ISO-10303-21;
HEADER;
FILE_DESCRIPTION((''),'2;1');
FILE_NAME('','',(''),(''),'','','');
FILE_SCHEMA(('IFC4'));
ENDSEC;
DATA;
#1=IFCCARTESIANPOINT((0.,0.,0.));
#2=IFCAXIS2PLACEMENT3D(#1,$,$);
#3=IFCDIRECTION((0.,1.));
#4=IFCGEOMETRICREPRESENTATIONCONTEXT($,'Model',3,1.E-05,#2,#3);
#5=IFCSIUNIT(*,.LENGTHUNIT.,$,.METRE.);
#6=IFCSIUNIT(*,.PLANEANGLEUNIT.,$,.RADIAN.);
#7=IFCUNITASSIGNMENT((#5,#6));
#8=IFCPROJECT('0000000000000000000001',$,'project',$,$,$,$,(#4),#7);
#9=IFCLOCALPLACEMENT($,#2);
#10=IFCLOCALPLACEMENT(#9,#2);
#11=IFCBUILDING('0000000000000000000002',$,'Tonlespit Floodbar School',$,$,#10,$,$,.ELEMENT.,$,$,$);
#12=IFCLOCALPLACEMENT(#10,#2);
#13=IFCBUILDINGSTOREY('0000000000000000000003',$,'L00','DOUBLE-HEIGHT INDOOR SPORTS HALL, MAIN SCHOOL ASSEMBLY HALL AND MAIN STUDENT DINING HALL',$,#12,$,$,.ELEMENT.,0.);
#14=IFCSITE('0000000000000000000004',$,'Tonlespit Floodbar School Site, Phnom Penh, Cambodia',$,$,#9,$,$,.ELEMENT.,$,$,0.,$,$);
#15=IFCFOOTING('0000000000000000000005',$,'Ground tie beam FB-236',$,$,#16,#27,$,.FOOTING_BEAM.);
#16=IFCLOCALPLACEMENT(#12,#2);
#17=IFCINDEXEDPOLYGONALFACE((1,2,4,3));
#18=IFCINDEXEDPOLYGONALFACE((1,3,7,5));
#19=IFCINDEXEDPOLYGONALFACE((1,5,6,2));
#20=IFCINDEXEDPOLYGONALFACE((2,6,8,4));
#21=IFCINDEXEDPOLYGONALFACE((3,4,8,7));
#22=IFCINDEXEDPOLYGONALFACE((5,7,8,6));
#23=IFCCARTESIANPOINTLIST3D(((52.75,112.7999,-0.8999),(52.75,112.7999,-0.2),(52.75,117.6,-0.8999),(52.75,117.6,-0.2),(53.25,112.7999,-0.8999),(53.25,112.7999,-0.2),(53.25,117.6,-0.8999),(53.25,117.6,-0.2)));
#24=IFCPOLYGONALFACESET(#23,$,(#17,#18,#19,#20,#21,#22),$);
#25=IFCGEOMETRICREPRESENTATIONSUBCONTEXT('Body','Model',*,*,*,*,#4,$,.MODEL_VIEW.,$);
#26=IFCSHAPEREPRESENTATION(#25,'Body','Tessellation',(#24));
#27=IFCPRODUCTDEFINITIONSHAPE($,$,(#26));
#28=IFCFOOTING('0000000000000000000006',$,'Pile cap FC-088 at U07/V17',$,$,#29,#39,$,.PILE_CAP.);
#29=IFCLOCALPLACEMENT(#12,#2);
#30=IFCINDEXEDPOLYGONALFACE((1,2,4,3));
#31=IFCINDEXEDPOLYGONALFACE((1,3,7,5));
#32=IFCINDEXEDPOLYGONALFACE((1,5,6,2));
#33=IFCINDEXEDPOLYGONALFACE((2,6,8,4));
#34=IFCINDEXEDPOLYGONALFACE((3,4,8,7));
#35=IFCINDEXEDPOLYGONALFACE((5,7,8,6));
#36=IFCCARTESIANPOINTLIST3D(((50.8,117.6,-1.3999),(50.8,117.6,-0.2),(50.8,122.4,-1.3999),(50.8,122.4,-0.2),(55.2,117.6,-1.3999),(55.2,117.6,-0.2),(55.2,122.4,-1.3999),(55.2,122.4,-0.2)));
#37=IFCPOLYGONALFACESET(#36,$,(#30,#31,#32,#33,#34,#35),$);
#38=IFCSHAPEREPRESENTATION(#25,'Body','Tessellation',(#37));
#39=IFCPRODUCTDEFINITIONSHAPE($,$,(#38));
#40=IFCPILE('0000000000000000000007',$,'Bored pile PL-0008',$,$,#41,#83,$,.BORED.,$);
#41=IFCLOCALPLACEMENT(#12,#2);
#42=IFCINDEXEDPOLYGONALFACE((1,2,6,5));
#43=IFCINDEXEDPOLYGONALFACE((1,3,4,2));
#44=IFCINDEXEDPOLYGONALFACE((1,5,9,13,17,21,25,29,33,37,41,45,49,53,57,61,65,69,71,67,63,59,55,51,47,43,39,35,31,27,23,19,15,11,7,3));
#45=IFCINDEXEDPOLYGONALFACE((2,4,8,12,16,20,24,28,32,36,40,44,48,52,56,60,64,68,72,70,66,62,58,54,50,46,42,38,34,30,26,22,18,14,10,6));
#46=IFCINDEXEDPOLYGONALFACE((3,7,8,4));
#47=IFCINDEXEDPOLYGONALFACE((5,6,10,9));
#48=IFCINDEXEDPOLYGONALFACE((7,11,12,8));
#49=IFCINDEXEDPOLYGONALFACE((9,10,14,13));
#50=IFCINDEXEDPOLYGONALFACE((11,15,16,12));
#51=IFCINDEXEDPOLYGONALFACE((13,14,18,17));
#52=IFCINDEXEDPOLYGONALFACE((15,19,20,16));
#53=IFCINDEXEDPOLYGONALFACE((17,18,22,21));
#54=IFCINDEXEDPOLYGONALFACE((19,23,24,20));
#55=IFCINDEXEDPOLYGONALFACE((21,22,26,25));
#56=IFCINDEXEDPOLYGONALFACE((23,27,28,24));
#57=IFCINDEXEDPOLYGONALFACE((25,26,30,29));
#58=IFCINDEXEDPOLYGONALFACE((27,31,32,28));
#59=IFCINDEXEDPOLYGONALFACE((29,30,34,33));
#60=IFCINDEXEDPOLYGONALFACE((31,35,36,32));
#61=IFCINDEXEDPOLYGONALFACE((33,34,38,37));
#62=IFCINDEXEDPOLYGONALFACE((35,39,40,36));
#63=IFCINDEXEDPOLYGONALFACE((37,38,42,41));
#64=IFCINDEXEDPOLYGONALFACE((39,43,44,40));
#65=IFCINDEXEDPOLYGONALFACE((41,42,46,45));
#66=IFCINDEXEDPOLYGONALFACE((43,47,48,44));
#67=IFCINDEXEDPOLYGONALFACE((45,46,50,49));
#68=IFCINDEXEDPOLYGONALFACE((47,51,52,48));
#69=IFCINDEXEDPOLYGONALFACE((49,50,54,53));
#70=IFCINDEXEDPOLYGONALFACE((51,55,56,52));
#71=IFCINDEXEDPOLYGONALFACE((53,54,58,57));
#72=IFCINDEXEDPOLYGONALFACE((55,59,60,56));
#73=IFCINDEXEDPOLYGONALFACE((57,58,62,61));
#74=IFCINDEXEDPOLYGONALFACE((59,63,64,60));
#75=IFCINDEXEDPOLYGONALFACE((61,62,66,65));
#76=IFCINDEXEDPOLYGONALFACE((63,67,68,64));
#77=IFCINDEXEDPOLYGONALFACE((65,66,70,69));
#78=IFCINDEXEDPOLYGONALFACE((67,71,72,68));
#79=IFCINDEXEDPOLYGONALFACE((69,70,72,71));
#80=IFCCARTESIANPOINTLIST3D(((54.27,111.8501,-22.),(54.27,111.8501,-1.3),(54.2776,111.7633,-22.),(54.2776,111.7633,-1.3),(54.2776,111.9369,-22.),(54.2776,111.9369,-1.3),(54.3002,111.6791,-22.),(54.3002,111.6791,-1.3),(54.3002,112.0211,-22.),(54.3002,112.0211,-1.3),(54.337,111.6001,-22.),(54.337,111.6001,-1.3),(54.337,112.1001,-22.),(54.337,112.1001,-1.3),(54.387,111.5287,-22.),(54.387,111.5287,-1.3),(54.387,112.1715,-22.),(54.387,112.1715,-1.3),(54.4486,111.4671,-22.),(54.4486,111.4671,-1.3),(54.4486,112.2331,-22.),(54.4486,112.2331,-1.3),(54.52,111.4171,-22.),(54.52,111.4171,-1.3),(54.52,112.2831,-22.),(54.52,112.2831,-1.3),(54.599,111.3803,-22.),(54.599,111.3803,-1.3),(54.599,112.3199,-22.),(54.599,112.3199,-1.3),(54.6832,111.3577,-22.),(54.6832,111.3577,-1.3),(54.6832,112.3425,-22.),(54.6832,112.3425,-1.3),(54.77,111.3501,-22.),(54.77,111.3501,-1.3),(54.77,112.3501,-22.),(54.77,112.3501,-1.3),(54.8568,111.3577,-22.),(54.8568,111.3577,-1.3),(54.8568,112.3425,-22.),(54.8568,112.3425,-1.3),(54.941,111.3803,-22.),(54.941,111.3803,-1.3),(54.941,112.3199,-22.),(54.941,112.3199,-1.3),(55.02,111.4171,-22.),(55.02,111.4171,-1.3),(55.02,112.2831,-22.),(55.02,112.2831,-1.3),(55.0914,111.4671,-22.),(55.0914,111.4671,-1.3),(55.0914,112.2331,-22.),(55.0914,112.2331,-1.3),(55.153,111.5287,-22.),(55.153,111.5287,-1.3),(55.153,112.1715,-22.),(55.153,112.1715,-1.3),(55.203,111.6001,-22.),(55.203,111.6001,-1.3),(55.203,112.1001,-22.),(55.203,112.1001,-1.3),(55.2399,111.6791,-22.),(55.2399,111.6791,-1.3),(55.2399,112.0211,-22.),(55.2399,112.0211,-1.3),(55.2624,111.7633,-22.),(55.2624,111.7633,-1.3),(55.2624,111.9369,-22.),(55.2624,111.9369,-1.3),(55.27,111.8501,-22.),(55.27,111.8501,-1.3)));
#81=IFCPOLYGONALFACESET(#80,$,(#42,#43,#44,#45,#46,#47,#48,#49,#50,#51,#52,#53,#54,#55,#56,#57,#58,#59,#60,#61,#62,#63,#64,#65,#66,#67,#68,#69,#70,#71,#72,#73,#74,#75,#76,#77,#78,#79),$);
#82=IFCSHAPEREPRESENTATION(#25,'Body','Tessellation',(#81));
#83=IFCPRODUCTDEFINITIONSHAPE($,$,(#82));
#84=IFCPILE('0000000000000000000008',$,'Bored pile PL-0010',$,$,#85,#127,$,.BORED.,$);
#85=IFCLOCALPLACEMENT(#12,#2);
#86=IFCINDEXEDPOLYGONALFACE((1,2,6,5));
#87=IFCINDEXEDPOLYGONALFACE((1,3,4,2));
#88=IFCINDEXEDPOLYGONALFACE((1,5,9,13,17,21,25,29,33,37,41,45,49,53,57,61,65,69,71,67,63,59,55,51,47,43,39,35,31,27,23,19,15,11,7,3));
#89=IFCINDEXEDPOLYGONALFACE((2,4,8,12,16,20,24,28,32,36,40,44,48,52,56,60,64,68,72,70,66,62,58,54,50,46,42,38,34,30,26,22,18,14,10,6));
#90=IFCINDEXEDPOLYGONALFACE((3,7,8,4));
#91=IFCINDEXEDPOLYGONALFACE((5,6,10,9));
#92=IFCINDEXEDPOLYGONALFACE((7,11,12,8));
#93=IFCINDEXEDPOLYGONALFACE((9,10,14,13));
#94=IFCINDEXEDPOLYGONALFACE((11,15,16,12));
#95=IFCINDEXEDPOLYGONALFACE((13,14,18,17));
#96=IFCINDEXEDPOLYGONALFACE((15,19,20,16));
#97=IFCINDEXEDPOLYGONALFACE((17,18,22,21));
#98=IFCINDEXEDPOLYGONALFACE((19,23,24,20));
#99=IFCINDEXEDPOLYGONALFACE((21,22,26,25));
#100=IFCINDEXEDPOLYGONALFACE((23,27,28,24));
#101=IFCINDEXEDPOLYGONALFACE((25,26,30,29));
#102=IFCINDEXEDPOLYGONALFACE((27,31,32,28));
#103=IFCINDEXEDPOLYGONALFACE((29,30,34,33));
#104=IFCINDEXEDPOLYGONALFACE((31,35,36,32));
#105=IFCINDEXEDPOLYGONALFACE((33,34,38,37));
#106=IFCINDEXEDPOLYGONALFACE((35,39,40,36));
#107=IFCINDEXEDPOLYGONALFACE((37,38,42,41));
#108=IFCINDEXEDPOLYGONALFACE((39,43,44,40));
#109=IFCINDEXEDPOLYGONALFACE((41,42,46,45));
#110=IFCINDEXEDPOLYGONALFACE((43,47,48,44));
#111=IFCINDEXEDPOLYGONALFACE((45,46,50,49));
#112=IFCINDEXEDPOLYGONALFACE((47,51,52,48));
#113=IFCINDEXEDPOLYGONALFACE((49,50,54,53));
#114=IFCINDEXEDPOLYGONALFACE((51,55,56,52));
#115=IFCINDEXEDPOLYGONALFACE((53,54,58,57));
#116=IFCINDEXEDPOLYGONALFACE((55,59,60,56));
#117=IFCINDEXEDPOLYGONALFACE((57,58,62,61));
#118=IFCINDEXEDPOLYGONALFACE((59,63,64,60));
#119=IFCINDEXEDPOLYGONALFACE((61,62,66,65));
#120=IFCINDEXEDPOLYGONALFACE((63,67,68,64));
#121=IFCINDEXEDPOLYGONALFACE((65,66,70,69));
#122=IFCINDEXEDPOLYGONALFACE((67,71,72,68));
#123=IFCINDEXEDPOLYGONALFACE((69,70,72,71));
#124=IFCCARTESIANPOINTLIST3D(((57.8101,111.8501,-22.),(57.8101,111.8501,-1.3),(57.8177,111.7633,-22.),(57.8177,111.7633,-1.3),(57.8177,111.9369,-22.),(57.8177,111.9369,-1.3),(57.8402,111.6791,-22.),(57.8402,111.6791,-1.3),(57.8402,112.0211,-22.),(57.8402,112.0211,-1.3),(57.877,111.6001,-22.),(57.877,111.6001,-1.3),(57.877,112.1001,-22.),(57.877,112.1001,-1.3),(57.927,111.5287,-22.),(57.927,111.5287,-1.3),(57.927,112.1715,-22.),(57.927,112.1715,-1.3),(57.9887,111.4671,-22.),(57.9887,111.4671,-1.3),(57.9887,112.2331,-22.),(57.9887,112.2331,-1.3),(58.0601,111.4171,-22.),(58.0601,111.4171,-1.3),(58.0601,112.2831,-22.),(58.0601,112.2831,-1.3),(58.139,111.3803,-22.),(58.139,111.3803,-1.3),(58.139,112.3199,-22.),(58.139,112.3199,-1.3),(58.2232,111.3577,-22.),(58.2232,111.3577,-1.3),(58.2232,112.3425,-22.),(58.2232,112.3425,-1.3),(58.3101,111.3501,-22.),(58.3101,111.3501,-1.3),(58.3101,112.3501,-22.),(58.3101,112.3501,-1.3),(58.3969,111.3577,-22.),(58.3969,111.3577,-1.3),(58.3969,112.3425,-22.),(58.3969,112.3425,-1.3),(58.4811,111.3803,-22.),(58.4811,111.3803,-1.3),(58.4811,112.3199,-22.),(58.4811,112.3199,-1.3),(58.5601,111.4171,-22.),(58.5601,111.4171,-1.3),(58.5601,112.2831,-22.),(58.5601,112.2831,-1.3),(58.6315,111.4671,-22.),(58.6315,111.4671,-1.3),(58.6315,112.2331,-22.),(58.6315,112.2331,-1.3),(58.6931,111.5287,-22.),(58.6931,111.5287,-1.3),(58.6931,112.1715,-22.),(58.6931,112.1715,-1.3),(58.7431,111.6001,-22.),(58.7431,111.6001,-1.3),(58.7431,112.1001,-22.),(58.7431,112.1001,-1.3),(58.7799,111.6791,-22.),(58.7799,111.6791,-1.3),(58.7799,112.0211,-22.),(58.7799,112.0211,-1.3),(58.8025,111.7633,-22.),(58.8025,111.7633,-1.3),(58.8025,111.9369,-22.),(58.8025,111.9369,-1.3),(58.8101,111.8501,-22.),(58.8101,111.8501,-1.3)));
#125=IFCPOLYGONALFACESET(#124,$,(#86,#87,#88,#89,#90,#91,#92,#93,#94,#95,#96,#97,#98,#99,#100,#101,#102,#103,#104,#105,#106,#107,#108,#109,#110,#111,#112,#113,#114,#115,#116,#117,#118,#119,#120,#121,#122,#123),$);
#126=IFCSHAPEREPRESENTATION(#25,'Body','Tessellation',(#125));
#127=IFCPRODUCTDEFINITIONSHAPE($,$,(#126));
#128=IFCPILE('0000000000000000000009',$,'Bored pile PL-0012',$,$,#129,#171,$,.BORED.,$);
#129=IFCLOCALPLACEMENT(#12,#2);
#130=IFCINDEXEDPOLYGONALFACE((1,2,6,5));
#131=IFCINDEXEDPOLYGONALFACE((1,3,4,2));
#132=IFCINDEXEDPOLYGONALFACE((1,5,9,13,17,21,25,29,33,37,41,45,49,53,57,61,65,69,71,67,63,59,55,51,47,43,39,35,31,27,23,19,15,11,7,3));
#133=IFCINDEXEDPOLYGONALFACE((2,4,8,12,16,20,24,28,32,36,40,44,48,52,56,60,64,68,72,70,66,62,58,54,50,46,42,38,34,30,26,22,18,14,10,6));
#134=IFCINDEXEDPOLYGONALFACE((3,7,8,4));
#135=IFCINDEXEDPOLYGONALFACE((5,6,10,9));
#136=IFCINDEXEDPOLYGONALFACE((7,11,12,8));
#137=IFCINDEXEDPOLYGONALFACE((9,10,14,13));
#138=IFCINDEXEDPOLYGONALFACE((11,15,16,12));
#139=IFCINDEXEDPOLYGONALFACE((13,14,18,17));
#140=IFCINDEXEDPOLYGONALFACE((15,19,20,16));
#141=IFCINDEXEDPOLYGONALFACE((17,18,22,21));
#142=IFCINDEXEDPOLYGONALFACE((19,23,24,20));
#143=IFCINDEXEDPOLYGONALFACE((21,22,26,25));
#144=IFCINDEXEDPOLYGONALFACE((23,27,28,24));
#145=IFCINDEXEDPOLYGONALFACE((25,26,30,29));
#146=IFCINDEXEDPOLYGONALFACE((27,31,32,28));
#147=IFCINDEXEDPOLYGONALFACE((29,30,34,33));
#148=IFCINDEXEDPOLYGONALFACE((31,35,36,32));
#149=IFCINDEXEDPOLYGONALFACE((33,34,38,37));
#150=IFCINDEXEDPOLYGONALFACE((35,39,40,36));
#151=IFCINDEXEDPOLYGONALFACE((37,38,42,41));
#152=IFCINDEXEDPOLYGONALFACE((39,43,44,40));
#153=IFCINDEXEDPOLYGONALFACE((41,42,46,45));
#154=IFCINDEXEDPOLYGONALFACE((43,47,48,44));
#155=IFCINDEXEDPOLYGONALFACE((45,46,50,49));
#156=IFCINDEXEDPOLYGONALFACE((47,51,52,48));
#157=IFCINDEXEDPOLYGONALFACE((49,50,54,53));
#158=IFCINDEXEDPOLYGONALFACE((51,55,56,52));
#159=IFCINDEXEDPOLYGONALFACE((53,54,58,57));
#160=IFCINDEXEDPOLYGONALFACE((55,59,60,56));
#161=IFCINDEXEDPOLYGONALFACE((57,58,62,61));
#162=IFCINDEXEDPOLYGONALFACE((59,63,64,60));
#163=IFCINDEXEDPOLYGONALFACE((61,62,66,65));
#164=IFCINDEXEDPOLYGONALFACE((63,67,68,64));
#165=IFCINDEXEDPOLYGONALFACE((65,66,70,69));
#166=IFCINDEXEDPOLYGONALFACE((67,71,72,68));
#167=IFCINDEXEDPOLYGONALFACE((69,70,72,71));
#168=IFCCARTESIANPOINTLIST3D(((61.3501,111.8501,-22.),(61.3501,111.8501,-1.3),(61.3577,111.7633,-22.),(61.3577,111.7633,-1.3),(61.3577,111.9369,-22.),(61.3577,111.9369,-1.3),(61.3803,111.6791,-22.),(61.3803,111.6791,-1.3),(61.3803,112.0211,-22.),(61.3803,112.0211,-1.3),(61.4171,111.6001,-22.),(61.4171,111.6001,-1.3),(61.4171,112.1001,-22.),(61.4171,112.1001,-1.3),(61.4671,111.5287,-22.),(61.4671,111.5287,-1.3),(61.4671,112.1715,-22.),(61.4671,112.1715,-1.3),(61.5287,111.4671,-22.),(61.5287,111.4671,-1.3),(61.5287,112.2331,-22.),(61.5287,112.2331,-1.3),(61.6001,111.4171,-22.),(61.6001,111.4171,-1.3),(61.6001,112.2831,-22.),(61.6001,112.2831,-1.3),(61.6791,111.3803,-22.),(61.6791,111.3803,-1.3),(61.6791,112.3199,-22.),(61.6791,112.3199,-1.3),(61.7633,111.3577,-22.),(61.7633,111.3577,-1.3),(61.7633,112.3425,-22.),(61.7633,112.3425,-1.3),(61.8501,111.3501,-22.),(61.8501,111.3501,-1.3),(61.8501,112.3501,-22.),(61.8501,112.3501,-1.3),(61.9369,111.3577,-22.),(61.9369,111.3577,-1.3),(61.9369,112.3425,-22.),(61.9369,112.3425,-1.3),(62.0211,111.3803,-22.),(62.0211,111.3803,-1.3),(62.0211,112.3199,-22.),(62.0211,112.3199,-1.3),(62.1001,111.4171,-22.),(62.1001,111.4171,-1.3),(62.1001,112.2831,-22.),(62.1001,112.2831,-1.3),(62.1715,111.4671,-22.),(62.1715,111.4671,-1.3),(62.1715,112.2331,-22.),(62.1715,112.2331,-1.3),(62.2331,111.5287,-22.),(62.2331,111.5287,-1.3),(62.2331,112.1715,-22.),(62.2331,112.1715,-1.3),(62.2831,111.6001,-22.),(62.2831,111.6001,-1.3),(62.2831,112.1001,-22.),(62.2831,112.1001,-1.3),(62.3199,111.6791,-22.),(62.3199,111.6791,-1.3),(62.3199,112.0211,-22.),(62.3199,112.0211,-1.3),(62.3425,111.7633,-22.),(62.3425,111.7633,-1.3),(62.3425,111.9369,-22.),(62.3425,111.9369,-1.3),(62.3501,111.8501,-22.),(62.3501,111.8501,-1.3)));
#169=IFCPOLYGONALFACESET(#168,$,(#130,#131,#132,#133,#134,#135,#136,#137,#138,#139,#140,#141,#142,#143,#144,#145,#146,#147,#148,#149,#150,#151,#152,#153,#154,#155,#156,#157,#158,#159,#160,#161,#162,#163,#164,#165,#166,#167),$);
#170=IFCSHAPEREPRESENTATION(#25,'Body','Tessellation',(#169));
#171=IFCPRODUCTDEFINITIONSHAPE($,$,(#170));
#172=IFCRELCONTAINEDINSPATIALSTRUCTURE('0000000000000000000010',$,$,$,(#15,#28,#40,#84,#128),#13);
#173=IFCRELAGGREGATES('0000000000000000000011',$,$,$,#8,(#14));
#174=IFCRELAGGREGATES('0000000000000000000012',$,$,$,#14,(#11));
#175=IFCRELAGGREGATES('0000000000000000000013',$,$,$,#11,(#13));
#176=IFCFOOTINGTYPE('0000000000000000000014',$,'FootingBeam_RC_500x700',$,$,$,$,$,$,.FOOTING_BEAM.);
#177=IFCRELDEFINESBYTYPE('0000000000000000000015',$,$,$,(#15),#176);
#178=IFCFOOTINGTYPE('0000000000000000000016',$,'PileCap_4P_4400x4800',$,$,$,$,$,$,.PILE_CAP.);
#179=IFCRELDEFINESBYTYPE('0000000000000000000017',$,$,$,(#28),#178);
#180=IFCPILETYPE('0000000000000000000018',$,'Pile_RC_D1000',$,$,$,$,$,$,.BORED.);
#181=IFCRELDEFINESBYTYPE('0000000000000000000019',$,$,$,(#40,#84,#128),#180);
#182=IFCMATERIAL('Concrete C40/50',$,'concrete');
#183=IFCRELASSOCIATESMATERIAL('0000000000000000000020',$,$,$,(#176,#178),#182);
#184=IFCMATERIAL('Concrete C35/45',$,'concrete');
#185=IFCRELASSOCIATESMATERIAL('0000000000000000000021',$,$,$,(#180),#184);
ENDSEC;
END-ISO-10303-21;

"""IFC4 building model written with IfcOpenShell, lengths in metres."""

from ifc_helpers import new_model, si_unit, direction, frame, origin, origin_2d, place, context, subcontext, project, spatial, rectangle, circle, extrude, material, material_profile, profile_set, type_object, element, save


model = new_model("IFC4")

# Units and contexts
model_context = context("Model", 3, precision=1e-05, world=origin(), true_north=direction((0.0, 1.0)))
body_context = subcontext(model_context, "Body", "Model", "MODEL_VIEW")
ifc_project = project(units=[si_unit("LENGTHUNIT", "METRE"), si_unit("PLANEANGLEUNIT", "RADIAN")], contexts=[model_context])

# Site, building, storey
site_placement = place(None, origin())
site = spatial("IfcSite", under=ifc_project, at=site_placement, Name="Tonlespit Floodbar School Site, Phnom Penh, Cambodia", CompositionType="ELEMENT", RefElevation=0.0)
building_placement = place(site_placement, origin())
building = spatial("IfcBuilding", under=site, at=building_placement, Name="Tonlespit Floodbar School", CompositionType="ELEMENT")
storey_placement = place(building_placement, origin())
storey = spatial("IfcBuildingStorey", under=building, at=storey_placement, Name="L00", Description="DOUBLE-HEIGHT INDOOR SPORTS HALL, MAIN SCHOOL ASSEMBLY HALL AND MAIN STUDENT DINING HALL", CompositionType="ELEMENT", Elevation=0.0)

# Footings
ifc_material_1 = material(Name="Concrete C40/50", Category="concrete")
footing_type_1 = type_object("IfcFootingType", Name="FootingBeam_RC_500x700", PredefinedType="FOOTING_BEAM", material=ifc_material_1)
footing_1_placement = place(storey_placement, frame((53.0, 115.2, -0.8999), z_axis=(0.0, 0.0, 1.0), x_axis=(0.0, 1.0, 0.0)))
element("IfcFooting", 1, at=footing_1_placement, inside=storey, type_object=footing_type_1, Name="Ground tie beam FB-236", PredefinedType="FOOTING_BEAM", context=body_context, shape_type="SweptSolid", body=[
    extrude(rectangle(XDim=4.8, YDim=0.5, at=origin_2d()), origin(), (0.0, 0.0, 1.0), 0.7),
])
footing_type_2 = type_object("IfcFootingType", Name="PileCap_4P_4400x4800", PredefinedType="PILE_CAP", material=ifc_material_1)
footing_2_placement = place(storey_placement, frame((53.0, 120.0, -1.3999), z_axis=(0.0, 0.0, 1.0), x_axis=(1.0, 0.0, 0.0)))
element("IfcFooting", 2, at=footing_2_placement, inside=storey, type_object=footing_type_2, Name="Pile cap FC-088 at U07/V17", PredefinedType="PILE_CAP", context=body_context, shape_type="SweptSolid", body=[
    extrude(rectangle(XDim=4.3999, YDim=4.8, at=origin_2d()), origin(), (0.0, 0.0, 1.0), 1.2),
])

# Piles
ifc_material_2 = material(Name="Concrete C35/45", Category="concrete")
ifc_material_profile_1 = material_profile(ifc_material_2, circle(Radius=0.5, at=origin_2d()), Name="BP D1000")
ifc_profile_set_1 = profile_set([ifc_material_profile_1], Name="Concrete C35/45")
pile_type = type_object("IfcPileType", Name="Pile_RC_D1000", PredefinedType="BORED", material=ifc_profile_set_1)
for number, where, z_axis, x_axis, name in (
    (3, (54.77, 111.8501, -1.3), (0.0, 0.0, -1.0), (1.0, 0.0, 0.0), "Bored pile PL-0008"),
    (4, (58.3101, 111.8501, -1.3), (0.0, 0.0, -1.0), (1.0, 0.0, 0.0), "Bored pile PL-0010"),
    (5, (61.8501, 111.8501, -1.3), (0.0, 0.0, -1.0), (1.0, 0.0, 0.0), "Bored pile PL-0012"),
):
    element("IfcPile", number, at=place(storey_placement, frame(where, z_axis=z_axis, x_axis=x_axis)), inside=storey, type_object=pile_type, Name=name, PredefinedType="BORED", context=body_context, shape_type="SweptSolid", body=[
        extrude(circle(Radius=0.5, at=origin_2d()), origin(), (0.0, 0.0, 1.0), 20.7),
    ])

save(model, "model.ifc")
